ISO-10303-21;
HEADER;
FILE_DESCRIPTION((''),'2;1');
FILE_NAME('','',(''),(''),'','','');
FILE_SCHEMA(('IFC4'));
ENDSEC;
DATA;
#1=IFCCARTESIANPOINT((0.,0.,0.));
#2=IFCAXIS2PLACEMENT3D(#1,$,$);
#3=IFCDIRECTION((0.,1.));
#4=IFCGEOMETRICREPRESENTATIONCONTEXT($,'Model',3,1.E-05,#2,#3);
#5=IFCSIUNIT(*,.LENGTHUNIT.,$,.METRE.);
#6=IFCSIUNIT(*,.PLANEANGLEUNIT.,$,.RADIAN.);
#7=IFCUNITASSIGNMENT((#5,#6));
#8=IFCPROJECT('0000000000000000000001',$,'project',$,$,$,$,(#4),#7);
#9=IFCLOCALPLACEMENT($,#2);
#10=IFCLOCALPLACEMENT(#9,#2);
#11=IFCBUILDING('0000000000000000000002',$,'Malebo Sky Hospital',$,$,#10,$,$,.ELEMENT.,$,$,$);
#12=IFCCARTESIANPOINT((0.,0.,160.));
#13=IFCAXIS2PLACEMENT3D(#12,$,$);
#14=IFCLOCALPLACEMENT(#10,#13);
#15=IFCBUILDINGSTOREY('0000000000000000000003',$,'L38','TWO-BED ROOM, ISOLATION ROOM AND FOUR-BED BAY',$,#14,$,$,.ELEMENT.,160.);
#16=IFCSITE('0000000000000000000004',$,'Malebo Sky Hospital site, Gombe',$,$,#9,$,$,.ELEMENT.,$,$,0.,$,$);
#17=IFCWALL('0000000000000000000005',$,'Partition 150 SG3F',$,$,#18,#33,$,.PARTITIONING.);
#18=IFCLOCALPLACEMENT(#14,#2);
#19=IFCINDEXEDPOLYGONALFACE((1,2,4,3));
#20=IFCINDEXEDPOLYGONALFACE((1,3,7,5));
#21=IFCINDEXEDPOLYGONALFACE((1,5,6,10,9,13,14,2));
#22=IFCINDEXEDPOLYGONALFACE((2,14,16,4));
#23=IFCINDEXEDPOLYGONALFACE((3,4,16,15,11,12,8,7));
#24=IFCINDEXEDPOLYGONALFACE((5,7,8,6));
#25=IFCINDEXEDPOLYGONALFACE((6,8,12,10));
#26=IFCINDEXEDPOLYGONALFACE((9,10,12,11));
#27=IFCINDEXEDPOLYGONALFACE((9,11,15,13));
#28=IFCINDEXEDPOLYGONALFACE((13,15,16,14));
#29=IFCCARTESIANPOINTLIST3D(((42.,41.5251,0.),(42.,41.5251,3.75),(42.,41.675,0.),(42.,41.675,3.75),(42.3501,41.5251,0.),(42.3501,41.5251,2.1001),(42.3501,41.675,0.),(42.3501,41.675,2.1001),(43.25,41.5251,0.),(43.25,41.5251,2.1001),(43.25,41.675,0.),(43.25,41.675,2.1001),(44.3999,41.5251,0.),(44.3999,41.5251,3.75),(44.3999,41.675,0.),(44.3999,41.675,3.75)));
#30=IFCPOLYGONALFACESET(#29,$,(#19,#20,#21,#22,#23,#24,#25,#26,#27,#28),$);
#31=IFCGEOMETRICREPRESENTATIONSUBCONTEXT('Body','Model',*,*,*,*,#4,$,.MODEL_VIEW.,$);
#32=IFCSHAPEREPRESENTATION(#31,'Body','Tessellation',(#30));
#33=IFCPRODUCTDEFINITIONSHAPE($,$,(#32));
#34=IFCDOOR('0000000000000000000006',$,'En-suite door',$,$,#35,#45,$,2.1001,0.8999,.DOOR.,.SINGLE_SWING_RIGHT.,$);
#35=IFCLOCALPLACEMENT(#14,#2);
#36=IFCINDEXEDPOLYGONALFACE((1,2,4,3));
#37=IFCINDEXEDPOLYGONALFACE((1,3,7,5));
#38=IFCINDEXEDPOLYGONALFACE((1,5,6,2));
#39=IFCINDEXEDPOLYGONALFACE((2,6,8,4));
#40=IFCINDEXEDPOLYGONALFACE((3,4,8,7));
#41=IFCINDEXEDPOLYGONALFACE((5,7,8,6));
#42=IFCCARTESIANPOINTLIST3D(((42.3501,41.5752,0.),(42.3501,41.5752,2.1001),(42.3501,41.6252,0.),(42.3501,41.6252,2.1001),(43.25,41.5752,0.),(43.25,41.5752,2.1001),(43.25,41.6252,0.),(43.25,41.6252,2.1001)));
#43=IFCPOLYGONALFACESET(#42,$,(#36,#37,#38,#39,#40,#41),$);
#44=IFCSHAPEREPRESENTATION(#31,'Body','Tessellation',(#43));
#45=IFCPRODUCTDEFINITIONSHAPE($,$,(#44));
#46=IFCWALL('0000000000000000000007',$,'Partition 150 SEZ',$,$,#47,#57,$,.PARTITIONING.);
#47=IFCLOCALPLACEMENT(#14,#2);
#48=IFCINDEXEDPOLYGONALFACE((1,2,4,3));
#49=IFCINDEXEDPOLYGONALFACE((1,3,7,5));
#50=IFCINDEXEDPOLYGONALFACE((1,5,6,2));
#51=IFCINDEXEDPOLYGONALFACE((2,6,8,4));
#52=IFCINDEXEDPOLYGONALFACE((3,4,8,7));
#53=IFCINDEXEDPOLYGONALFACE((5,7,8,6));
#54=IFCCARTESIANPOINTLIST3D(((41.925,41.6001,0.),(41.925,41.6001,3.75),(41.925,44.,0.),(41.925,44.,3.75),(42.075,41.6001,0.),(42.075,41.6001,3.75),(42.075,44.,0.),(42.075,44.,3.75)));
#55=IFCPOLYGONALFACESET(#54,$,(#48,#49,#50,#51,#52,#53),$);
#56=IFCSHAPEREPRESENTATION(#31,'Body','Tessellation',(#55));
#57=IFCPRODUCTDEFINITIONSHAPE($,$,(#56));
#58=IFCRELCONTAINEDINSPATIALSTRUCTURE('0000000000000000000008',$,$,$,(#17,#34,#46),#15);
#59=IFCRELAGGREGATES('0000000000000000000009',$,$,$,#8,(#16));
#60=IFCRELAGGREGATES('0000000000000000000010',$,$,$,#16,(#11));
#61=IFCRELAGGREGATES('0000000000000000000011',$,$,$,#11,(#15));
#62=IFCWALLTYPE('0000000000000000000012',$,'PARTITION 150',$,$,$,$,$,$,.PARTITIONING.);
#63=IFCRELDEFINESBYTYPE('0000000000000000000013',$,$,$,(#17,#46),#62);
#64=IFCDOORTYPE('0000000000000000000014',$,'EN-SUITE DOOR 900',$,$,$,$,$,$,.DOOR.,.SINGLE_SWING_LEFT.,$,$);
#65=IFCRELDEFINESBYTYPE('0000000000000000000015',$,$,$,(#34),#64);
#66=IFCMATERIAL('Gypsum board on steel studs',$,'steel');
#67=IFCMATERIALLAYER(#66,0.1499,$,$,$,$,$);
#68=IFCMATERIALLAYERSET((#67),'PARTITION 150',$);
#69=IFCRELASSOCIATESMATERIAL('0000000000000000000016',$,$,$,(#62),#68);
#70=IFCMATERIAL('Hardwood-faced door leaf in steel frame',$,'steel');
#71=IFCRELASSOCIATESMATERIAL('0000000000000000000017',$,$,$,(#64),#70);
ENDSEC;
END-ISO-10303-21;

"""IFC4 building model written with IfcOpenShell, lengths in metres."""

from ifc_helpers import new_model, si_unit, direction, frame, frame_2d, origin, place, context, subcontext, project, spatial, rectangle, extrude, material, layer, layer_set, type_object, element, fill, save


model = new_model("IFC4")

# Units and contexts
model_context = context("Model", 3, precision=1e-05, world=origin(), true_north=direction((0.0, 1.0)))
body_context = subcontext(model_context, "Body", "Model", "MODEL_VIEW")
ifc_project = project(units=[si_unit("LENGTHUNIT", "METRE"), si_unit("PLANEANGLEUNIT", "RADIAN")], contexts=[model_context])

# Site, building, storey
site_placement = place(None, origin())
site = spatial("IfcSite", under=ifc_project, at=site_placement, Name="Malebo Sky Hospital site, Gombe", CompositionType="ELEMENT", RefElevation=0.0)
building_placement = place(site_placement, origin())
building = spatial("IfcBuilding", under=site, at=building_placement, Name="Malebo Sky Hospital", CompositionType="ELEMENT")
storey_placement = place(building_placement, frame((0.0, 0.0, 160.0)))
storey = spatial("IfcBuildingStorey", under=building, at=storey_placement, Name="L38", Description="TWO-BED ROOM, ISOLATION ROOM AND FOUR-BED BAY", CompositionType="ELEMENT", Elevation=160.0)

# Shared definitions
ifc_material_1 = material(Name="Gypsum board on steel studs", Category="steel")
ifc_material_2 = material(Name="Hardwood-faced door leaf in steel frame", Category="steel")

# Shared definitions
ifc_layer_1 = layer(ifc_material_1, 0.1499)
ifc_layer_set_1 = layer_set([ifc_layer_1], Name="PARTITION 150")
wall_type_1 = type_object("IfcWallType", Name="PARTITION 150", PredefinedType="PARTITIONING", material=ifc_layer_set_1)

# Wall, opening, door
door_type_1 = type_object("IfcDoorType", Name="EN-SUITE DOOR 900", OperationType="SINGLE_SWING_LEFT", PredefinedType="DOOR", material=ifc_material_2)
wall_1_placement = place(storey_placement, frame((44.3999, 41.6001, 0.0), z_axis=(0.0, 0.0, 1.0), x_axis=(-1.0, 0.0, 0.0)))
wall_1 = element("IfcWall", 1, at=wall_1_placement, inside=storey, type_object=wall_type_1, Name="Partition 150 SG3F", PredefinedType="PARTITIONING", context=body_context, shape_type="SweptSolid", body=[
    extrude(rectangle(XDim=2.3999, YDim=0.1499, at=frame_2d((1.2, 0.0))), origin(), (0.0, 0.0, 1.0), 3.75),
])
opening_1_placement = place(wall_1_placement, frame((1.1499, 0.0, 0.0)))
opening_1 = element("IfcOpeningElement", 2, at=opening_1_placement, cuts=wall_1, PredefinedType="OPENING", context=body_context, shape_type="SweptSolid", body=[
    extrude(rectangle(XDim=0.8999, YDim=2.1001, at=frame_2d((0.45, 1.05))), frame((0.0, 0.085, 0.0), z_axis=(0.0, -1.0, 0.0), x_axis=(1.0, 0.0, 0.0)), (0.0, 0.0, 1.0), 0.1699),
])
door_1_placement = place(opening_1_placement, origin())
door_1 = element("IfcDoor", 3, at=door_1_placement, inside=storey, type_object=door_type_1, Name="En-suite door", OperationType="SINGLE_SWING_RIGHT", OverallHeight=2.1001, OverallWidth=0.8999, PredefinedType="DOOR", context=body_context, shape_type="SweptSolid", body=[
    extrude(rectangle(XDim=0.8999, YDim=2.1001, at=frame_2d((0.45, 1.05))), frame((0.0, 0.0249, 0.0), z_axis=(0.0, -1.0, 0.0), x_axis=(1.0, 0.0, 0.0)), (0.0, 0.0, 1.0), 0.05),
])
fill(opening_1, door_1)

# Wall
wall_2_placement = place(storey_placement, frame((42.0, 44.0, 0.0), z_axis=(0.0, 0.0, 1.0), x_axis=(0.0, -1.0, 0.0)))
element("IfcWall", 4, at=wall_2_placement, inside=storey, type_object=wall_type_1, Name="Partition 150 SEZ", PredefinedType="PARTITIONING", context=body_context, shape_type="SweptSolid", body=[
    extrude(rectangle(XDim=2.3999, YDim=0.1499, at=frame_2d((1.2, 0.0))), origin(), (0.0, 0.0, 1.0), 3.75),
])

save(model, "model.ifc")
